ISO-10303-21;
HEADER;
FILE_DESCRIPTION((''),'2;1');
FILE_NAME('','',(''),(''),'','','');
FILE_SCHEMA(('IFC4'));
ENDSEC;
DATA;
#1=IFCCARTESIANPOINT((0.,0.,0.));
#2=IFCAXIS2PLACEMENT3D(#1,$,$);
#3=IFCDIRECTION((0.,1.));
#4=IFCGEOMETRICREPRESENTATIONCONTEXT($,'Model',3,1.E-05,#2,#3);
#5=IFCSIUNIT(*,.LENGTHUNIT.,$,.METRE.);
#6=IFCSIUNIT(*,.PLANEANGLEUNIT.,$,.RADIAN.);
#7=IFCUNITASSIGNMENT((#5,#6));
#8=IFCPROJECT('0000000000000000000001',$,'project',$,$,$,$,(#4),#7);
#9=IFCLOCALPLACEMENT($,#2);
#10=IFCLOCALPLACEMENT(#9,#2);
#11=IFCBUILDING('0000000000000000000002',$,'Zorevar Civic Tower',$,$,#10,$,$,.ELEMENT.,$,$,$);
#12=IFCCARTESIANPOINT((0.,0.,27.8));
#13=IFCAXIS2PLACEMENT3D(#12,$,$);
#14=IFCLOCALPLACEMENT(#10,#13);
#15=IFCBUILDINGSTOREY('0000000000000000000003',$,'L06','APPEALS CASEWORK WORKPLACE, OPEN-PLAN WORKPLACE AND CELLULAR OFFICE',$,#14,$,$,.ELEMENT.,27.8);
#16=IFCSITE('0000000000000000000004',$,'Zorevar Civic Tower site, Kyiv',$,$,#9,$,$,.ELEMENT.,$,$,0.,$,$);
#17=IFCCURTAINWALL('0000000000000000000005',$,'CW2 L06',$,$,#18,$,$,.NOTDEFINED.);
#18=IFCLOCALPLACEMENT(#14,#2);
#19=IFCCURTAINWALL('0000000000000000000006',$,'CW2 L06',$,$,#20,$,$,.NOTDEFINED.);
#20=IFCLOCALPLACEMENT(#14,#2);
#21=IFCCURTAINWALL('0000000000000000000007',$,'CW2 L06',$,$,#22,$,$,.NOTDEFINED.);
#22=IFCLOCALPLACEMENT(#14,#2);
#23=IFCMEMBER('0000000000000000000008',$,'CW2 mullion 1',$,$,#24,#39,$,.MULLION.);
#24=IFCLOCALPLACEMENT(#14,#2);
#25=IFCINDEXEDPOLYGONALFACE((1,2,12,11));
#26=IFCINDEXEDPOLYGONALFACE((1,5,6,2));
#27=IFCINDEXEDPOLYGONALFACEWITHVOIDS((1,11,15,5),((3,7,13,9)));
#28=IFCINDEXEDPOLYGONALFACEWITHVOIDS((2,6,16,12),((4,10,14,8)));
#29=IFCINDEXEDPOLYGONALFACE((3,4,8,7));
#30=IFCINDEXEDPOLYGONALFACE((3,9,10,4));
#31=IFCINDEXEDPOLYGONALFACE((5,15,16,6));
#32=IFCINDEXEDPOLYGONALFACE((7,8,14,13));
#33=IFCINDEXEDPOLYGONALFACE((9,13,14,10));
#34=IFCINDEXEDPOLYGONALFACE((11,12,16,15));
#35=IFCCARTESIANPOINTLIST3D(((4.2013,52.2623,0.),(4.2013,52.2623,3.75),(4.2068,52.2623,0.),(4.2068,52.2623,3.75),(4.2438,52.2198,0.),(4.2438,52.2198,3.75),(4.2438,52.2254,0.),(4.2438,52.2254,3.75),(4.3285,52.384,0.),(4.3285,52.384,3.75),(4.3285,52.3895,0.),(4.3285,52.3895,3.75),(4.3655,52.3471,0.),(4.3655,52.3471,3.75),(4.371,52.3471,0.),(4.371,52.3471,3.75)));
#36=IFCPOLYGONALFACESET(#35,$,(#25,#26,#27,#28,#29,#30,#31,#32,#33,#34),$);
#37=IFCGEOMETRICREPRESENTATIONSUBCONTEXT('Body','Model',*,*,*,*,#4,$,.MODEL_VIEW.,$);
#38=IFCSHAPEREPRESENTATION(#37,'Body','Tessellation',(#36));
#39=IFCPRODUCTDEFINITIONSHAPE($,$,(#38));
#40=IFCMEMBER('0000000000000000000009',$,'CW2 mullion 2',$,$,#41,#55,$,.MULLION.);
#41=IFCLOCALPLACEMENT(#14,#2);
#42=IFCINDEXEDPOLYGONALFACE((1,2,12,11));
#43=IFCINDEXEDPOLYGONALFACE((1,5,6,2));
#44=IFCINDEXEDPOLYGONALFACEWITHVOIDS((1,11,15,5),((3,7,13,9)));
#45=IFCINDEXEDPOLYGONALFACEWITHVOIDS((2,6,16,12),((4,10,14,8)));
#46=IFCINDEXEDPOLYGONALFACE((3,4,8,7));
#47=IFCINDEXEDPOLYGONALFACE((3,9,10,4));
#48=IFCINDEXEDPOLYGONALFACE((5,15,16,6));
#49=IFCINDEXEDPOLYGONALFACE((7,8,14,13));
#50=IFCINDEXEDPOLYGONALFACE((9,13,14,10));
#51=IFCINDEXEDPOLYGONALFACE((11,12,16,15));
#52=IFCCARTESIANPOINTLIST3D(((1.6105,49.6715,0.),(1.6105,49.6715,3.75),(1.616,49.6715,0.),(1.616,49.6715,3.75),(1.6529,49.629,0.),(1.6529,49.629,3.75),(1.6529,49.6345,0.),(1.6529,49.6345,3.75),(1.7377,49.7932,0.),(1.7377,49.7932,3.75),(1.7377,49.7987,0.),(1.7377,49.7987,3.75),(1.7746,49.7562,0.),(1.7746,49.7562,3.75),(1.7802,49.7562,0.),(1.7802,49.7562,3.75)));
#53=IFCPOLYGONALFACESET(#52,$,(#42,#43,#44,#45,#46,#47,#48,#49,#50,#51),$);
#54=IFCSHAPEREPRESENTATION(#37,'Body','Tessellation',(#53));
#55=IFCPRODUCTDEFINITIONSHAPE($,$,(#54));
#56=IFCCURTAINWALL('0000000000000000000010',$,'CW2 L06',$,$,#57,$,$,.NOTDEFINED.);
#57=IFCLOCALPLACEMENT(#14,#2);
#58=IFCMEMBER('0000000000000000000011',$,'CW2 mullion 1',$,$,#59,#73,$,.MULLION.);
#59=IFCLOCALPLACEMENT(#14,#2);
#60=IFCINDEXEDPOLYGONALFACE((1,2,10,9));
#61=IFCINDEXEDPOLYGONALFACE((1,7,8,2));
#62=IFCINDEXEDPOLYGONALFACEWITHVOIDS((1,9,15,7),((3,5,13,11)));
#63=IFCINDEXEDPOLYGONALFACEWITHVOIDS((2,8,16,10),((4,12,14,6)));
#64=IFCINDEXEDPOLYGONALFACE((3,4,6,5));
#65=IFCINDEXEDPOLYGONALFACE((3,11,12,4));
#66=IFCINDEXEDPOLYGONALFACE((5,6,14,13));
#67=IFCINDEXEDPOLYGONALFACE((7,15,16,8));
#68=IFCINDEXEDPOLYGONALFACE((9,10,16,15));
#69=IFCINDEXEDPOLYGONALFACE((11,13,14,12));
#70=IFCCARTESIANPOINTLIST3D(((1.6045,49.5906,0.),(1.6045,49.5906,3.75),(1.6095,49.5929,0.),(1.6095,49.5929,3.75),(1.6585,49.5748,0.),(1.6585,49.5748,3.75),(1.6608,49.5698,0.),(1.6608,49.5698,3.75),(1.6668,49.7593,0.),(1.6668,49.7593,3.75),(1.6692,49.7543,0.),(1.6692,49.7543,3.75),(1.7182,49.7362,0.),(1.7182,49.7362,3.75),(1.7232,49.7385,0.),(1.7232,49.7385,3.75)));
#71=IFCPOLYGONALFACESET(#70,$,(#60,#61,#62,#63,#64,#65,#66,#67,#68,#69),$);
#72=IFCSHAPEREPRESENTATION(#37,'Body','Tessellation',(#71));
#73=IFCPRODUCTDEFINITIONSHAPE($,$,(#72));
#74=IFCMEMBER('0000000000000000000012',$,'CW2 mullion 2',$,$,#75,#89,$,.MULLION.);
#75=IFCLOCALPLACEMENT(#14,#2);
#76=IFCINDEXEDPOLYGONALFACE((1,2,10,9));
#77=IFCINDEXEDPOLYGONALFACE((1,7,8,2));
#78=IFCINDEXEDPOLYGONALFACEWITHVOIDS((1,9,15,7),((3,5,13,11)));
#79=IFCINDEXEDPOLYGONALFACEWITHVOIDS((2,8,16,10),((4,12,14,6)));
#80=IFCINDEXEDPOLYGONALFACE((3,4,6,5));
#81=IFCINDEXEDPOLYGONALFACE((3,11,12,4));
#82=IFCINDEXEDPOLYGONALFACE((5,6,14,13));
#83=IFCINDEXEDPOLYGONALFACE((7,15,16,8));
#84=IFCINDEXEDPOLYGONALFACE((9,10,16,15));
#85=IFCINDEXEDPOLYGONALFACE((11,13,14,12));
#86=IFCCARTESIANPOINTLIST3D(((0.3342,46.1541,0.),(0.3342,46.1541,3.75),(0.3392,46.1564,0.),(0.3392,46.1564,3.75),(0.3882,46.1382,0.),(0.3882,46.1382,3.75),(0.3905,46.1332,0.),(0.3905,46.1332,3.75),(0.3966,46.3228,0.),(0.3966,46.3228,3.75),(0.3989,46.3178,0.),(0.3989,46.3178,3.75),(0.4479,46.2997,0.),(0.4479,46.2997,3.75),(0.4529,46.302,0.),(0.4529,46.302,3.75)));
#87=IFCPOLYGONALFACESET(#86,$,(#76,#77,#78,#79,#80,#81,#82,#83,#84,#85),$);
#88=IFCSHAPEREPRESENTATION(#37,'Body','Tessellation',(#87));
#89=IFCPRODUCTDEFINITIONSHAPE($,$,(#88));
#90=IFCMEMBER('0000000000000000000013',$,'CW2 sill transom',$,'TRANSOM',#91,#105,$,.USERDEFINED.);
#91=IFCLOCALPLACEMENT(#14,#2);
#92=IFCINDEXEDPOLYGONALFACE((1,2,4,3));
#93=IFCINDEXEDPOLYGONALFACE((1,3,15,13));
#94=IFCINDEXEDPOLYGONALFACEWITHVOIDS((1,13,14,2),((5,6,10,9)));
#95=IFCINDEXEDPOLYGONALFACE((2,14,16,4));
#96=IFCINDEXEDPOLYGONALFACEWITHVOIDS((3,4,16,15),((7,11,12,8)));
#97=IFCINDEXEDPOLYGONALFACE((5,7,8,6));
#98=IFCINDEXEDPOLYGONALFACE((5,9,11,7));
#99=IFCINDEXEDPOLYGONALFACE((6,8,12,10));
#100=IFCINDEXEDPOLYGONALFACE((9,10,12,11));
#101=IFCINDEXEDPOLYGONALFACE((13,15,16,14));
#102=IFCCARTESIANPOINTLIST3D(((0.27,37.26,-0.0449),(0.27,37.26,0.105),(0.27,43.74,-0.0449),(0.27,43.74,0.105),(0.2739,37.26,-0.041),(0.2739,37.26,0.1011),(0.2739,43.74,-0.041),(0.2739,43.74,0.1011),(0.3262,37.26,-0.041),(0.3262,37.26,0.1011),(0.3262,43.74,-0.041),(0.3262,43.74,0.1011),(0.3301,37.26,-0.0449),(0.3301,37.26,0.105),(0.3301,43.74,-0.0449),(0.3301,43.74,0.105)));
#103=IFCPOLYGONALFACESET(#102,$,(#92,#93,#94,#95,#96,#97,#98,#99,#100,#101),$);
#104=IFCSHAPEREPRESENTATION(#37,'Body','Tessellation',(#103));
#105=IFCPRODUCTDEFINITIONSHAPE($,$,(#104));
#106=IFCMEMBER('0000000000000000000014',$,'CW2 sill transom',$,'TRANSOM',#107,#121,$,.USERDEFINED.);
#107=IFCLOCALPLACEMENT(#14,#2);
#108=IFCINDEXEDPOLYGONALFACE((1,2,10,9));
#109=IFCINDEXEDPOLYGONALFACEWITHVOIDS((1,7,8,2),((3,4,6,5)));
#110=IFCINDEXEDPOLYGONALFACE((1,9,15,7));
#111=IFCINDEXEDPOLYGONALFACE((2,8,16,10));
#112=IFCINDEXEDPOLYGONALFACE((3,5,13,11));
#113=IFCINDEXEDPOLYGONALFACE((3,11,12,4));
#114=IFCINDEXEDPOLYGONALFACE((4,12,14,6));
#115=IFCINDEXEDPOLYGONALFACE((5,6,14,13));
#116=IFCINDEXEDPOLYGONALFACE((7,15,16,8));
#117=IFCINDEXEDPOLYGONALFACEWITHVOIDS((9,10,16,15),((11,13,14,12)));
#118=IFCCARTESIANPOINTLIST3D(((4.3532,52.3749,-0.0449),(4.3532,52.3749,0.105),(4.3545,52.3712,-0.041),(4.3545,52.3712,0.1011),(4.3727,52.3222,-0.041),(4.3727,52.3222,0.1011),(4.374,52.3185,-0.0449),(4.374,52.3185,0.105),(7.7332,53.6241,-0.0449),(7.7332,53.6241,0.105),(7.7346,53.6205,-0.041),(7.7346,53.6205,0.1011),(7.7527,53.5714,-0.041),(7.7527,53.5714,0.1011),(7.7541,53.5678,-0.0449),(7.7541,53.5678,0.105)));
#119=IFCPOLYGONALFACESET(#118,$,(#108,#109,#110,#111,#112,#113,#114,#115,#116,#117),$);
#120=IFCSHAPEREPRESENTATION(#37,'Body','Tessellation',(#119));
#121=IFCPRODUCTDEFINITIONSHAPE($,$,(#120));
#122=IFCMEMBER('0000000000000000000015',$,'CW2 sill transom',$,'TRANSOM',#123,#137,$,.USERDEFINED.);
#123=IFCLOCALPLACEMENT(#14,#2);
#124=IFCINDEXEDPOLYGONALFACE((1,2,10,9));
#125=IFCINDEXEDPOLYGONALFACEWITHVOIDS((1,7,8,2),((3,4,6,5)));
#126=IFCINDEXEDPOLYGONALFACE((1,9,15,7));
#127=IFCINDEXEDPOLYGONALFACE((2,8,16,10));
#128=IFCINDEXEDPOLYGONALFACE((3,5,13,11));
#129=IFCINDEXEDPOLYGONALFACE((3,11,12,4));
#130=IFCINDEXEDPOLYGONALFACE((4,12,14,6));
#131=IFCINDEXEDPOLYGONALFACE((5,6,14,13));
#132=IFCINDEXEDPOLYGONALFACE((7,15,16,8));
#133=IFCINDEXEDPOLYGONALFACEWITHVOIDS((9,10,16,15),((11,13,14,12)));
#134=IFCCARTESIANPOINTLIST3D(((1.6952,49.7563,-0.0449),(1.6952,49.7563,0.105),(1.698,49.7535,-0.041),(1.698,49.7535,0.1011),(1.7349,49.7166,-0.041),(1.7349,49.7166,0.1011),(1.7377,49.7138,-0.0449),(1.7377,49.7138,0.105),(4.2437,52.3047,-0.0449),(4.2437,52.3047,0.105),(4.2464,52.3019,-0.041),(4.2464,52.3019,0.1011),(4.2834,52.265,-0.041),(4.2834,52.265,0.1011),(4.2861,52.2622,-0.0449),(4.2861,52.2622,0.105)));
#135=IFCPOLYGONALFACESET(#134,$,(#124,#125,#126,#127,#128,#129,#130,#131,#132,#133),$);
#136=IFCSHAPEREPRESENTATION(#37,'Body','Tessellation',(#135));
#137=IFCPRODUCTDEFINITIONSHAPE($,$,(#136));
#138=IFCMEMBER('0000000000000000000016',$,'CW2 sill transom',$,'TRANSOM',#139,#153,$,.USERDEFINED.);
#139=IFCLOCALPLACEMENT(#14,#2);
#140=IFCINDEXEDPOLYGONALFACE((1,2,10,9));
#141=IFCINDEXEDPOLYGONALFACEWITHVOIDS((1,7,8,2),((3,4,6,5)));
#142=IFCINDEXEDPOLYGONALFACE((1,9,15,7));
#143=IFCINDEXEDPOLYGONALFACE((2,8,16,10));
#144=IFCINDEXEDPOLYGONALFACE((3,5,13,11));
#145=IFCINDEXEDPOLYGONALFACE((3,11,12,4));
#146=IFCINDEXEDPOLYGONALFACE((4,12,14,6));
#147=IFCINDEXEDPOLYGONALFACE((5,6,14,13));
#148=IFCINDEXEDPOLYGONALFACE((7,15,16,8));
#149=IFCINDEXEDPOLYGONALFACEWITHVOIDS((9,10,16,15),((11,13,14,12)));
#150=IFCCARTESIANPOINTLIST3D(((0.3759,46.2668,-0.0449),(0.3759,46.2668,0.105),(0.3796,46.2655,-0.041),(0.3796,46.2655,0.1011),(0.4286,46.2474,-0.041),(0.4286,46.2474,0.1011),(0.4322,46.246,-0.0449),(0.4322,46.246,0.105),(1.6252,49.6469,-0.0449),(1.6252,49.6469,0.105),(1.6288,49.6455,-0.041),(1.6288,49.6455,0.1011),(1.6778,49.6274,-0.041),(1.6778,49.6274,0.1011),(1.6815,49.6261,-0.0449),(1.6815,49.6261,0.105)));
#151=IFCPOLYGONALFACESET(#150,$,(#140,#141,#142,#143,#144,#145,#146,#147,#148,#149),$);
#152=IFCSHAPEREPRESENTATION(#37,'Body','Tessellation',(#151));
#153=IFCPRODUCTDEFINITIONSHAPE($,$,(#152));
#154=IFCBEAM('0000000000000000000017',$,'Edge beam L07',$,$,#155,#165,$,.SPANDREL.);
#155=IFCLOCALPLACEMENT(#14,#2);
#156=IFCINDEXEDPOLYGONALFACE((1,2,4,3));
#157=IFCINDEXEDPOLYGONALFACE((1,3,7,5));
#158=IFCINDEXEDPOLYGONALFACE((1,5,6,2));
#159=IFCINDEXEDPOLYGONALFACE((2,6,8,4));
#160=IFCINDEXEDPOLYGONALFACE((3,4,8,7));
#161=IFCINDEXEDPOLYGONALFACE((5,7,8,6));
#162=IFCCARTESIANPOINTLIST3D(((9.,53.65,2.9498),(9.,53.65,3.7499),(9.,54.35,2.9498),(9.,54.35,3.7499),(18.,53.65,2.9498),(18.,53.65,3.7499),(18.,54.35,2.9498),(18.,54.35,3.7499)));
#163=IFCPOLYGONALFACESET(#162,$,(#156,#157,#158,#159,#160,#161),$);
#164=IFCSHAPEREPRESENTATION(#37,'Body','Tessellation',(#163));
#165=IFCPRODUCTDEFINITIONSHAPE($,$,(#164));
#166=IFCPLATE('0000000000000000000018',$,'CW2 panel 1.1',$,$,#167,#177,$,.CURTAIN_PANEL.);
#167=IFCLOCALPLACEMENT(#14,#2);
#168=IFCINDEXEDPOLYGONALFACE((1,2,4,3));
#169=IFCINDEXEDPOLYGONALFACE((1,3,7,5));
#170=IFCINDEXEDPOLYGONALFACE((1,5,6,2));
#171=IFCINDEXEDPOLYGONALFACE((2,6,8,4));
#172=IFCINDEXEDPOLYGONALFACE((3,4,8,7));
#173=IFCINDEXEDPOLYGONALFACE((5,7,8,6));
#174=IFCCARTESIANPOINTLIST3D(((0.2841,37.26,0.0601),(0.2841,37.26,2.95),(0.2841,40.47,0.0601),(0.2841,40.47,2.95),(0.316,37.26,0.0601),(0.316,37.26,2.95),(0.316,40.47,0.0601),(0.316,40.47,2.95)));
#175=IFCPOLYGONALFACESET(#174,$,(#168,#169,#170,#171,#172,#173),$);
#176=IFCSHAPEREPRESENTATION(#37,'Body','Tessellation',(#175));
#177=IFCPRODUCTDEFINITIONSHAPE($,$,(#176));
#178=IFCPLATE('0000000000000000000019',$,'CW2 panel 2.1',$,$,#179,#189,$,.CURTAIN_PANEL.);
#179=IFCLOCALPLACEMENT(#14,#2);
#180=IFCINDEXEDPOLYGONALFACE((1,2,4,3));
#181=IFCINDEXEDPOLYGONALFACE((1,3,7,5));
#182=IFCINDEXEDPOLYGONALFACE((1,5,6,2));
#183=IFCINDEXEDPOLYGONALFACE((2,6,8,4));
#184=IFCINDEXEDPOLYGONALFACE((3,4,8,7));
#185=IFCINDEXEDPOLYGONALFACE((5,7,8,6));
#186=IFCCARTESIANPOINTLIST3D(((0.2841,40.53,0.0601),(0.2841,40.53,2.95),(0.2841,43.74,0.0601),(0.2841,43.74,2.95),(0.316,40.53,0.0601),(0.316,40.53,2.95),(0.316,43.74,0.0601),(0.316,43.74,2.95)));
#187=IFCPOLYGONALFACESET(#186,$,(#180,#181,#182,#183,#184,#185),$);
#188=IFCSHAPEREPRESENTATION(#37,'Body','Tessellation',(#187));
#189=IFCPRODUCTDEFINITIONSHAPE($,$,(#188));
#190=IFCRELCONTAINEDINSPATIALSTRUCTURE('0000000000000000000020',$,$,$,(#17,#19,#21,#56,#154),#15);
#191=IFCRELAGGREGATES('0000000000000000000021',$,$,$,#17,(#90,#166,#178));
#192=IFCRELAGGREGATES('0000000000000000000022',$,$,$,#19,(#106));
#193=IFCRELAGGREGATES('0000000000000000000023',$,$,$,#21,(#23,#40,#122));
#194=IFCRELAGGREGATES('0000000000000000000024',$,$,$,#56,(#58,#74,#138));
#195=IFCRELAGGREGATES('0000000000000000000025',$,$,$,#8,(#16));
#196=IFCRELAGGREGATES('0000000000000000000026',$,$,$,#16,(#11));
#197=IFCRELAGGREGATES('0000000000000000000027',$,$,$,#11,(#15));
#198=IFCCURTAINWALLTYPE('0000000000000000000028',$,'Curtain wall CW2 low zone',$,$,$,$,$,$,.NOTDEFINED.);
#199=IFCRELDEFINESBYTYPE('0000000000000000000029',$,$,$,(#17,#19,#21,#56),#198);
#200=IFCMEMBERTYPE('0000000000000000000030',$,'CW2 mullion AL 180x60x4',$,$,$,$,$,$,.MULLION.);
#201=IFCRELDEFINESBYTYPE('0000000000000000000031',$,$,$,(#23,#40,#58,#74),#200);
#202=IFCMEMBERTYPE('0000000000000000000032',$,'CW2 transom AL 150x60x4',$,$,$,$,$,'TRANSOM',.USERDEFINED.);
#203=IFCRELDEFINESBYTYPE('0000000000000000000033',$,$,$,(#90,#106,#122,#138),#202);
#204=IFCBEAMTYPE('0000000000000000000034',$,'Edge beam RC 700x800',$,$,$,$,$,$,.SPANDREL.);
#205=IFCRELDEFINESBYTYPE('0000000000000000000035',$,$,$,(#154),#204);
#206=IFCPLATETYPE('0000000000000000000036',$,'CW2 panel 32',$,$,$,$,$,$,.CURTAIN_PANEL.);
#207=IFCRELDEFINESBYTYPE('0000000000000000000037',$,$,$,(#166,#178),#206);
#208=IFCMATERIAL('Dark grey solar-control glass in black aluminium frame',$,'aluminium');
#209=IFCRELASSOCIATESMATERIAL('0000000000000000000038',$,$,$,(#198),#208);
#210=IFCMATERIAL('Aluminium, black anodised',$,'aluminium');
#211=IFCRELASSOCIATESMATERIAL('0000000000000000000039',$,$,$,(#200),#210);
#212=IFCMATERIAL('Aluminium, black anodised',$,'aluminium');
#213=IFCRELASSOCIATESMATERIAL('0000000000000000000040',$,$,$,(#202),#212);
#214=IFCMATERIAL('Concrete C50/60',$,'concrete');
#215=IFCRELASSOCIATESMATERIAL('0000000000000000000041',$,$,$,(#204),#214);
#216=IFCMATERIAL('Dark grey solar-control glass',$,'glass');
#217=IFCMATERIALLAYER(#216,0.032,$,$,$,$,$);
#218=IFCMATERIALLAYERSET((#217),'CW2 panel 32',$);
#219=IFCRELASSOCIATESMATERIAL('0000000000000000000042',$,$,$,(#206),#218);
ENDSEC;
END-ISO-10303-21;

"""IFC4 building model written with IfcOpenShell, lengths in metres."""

from ifc_helpers import new_model, si_unit, direction, frame, origin, origin_2d, place, context, subcontext, project, spatial, rectangle, hollow_rectangle, extrude, material, layer, layer_set, material_profile, profile_set, type_object, element, aggregate, save


model = new_model("IFC4")

# Units and contexts
model_context = context("Model", 3, precision=1e-05, world=origin(), true_north=direction((0.0, 1.0)))
body_context = subcontext(model_context, "Body", "Model", "MODEL_VIEW")
ifc_project = project(units=[si_unit("LENGTHUNIT", "METRE"), si_unit("PLANEANGLEUNIT", "RADIAN")], contexts=[model_context])

# Site, building, storey
site_placement = place(None, origin())
site = spatial("IfcSite", under=ifc_project, at=site_placement, Name="Zorevar Civic Tower site, Kyiv", CompositionType="ELEMENT", RefElevation=0.0)
building_placement = place(site_placement, origin())
building = spatial("IfcBuilding", under=site, at=building_placement, Name="Zorevar Civic Tower", CompositionType="ELEMENT")
storey_placement = place(building_placement, frame((0.0, 0.0, 27.8)))
storey = spatial("IfcBuildingStorey", under=building, at=storey_placement, Name="L06", Description="APPEALS CASEWORK WORKPLACE, OPEN-PLAN WORKPLACE AND CELLULAR OFFICE", CompositionType="ELEMENT", Elevation=27.8)

# Curtain walls, members
ifc_material_1 = material(Name="Dark grey solar-control glass in black aluminium frame", Category="aluminium")
curtain_wall_type = type_object("IfcCurtainWallType", Name="Curtain wall CW2 low zone", PredefinedType="NOTDEFINED", material=ifc_material_1)
curtain_wall_1_placement = place(storey_placement, origin())
curtain_wall_1 = element("IfcCurtainWall", 1, at=curtain_wall_1_placement, inside=storey, type_object=curtain_wall_type, Name="CW2 L06", PredefinedType="NOTDEFINED")
ifc_material_2 = material(Name="Aluminium, black anodised", Category="aluminium")
ifc_material_profile_1 = material_profile(ifc_material_2, hollow_rectangle(XDim=0.0601, YDim=0.1799, WallThickness=0.0039, at=origin_2d()), Name="AL 180x60x4")
ifc_profile_set_1 = profile_set([ifc_material_profile_1], Name="Aluminium, black anodised")
member_type_1 = type_object("IfcMemberType", Name="CW2 mullion AL 180x60x4", PredefinedType="MULLION", material=ifc_profile_set_1)
curtain_wall_2_placement = place(storey_placement, origin())
curtain_wall_2 = element("IfcCurtainWall", 2, at=curtain_wall_2_placement, inside=storey, type_object=curtain_wall_type, Name="CW2 L06", PredefinedType="NOTDEFINED")
curtain_wall_3_placement = place(storey_placement, origin())
curtain_wall_3 = element("IfcCurtainWall", 3, at=curtain_wall_3_placement, inside=storey, type_object=curtain_wall_type, Name="CW2 L06", PredefinedType="NOTDEFINED")
member_1_placement = place(storey_placement, frame((4.2861, 52.3047, 0.0), z_axis=(0.0, 0.0, 1.0), x_axis=(0.707107, -0.707107, 0.0)))
member_1 = element("IfcMember", 4, at=member_1_placement, type_object=member_type_1, Name="CW2 mullion 1", PredefinedType="MULLION", context=body_context, shape_type="SweptSolid", body=[
    extrude(hollow_rectangle(XDim=0.0601, YDim=0.1799, WallThickness=0.0039, at=origin_2d()), origin(), (0.0, 0.0, 1.0), 3.75),
])
member_2_placement = place(storey_placement, frame((1.6953, 49.7139, 0.0), z_axis=(0.0, 0.0, 1.0), x_axis=(0.707107, -0.707107, 0.0)))
member_2 = element("IfcMember", 5, at=member_2_placement, type_object=member_type_1, Name="CW2 mullion 2", PredefinedType="MULLION", context=body_context, shape_type="SweptSolid", body=[
    extrude(hollow_rectangle(XDim=0.0601, YDim=0.1799, WallThickness=0.0039, at=origin_2d()), origin(), (0.0, 0.0, 1.0), 3.75),
])
curtain_wall_4_placement = place(storey_placement, origin())
curtain_wall_4 = element("IfcCurtainWall", 6, at=curtain_wall_4_placement, inside=storey, type_object=curtain_wall_type, Name="CW2 L06", PredefinedType="NOTDEFINED")
member_3_placement = place(storey_placement, frame((1.6638, 49.6646, 0.0), z_axis=(0.0, 0.0, 1.0), x_axis=(0.937975, -0.346704, 0.0)))
member_3 = element("IfcMember", 7, at=member_3_placement, type_object=member_type_1, Name="CW2 mullion 1", PredefinedType="MULLION", context=body_context, shape_type="SweptSolid", body=[
    extrude(hollow_rectangle(XDim=0.0601, YDim=0.1799, WallThickness=0.0039, at=origin_2d()), origin(), (0.0, 0.0, 1.0), 3.75),
])
member_4_placement = place(storey_placement, frame((0.3936, 46.228, 0.0), z_axis=(0.0, 0.0, 1.0), x_axis=(0.937975, -0.346704, 0.0)))
member_4 = element("IfcMember", 8, at=member_4_placement, type_object=member_type_1, Name="CW2 mullion 2", PredefinedType="MULLION", context=body_context, shape_type="SweptSolid", body=[
    extrude(hollow_rectangle(XDim=0.0601, YDim=0.1799, WallThickness=0.0039, at=origin_2d()), origin(), (0.0, 0.0, 1.0), 3.75),
])

# Members
ifc_material_3 = material(Name="Aluminium, black anodised", Category="aluminium")
ifc_material_profile_2 = material_profile(ifc_material_3, hollow_rectangle(XDim=0.0601, YDim=0.1499, WallThickness=0.0039, at=origin_2d()), Name="AL 150x60x4")
ifc_profile_set_2 = profile_set([ifc_material_profile_2], Name="Aluminium, black anodised")
member_type_2 = type_object("IfcMemberType", Name="CW2 transom AL 150x60x4", ElementType="TRANSOM", PredefinedType="USERDEFINED", material=ifc_profile_set_2)
member_5_placement = place(storey_placement, frame((0.3, 37.26, 0.03), z_axis=(0.0, 1.0, 0.0), x_axis=(-1.0, 0.0, 0.0)))
member_5 = element("IfcMember", 9, at=member_5_placement, type_object=member_type_2, Name="CW2 sill transom", ObjectType="TRANSOM", PredefinedType="USERDEFINED", context=body_context, shape_type="SweptSolid", body=[
    extrude(hollow_rectangle(XDim=0.0601, YDim=0.1499, WallThickness=0.0039, at=origin_2d()), origin(), (0.0, 0.0, 1.0), 6.48),
])
member_6_placement = place(storey_placement, frame((7.7437, 53.5959, 0.03), z_axis=(-0.937986, -0.346672, 0.0), x_axis=(0.346672, -0.937986, 0.0)))
member_6 = element("IfcMember", 10, at=member_6_placement, type_object=member_type_2, Name="CW2 sill transom", ObjectType="TRANSOM", PredefinedType="USERDEFINED", context=body_context, shape_type="SweptSolid", body=[
    extrude(hollow_rectangle(XDim=0.0601, YDim=0.1499, WallThickness=0.0039, at=origin_2d()), origin(), (0.0, 0.0, 1.0), 3.6035),
])
member_7_placement = place(storey_placement, frame((4.2649, 52.2834, 0.03), z_axis=(-0.707107, -0.707107, 0.0), x_axis=(0.707107, -0.707107, 0.0)))
member_7 = element("IfcMember", 11, at=member_7_placement, type_object=member_type_2, Name="CW2 sill transom", ObjectType="TRANSOM", PredefinedType="USERDEFINED", context=body_context, shape_type="SweptSolid", body=[
    extrude(hollow_rectangle(XDim=0.0601, YDim=0.1499, WallThickness=0.0039, at=origin_2d()), origin(), (0.0, 0.0, 1.0), 3.604),
])
member_8_placement = place(storey_placement, frame((1.6533, 49.6365, 0.03), z_axis=(-0.346672, -0.937986, 0.0), x_axis=(0.937986, -0.346672, 0.0)))
member_8 = element("IfcMember", 12, at=member_8_placement, type_object=member_type_2, Name="CW2 sill transom", ObjectType="TRANSOM", PredefinedType="USERDEFINED", context=body_context, shape_type="SweptSolid", body=[
    extrude(hollow_rectangle(XDim=0.0601, YDim=0.1499, WallThickness=0.0039, at=origin_2d()), origin(), (0.0, 0.0, 1.0), 3.6035),
])

# Beam
ifc_material_4 = material(Name="Concrete C50/60", Category="concrete")
ifc_material_profile_3 = material_profile(ifc_material_4, rectangle(XDim=0.7, YDim=0.8, at=origin_2d()), Name="RC 700x800")
ifc_profile_set_3 = profile_set([ifc_material_profile_3], Name="Concrete C50/60")
beam_type_1 = type_object("IfcBeamType", Name="Edge beam RC 700x800", PredefinedType="SPANDREL", material=ifc_profile_set_3)
beam_1_placement = place(storey_placement, frame((9.0, 54.0, 3.3499), z_axis=(1.0, 0.0, 0.0), x_axis=(0.0, 1.0, 0.0)))
element("IfcBeam", 13, at=beam_1_placement, inside=storey, type_object=beam_type_1, Name="Edge beam L07", PredefinedType="SPANDREL", context=body_context, shape_type="SweptSolid", body=[
    extrude(rectangle(XDim=0.7, YDim=0.8, at=origin_2d()), origin(), (0.0, 0.0, 1.0), 9.0),
])

# Plates
ifc_material_5 = material(Name="Dark grey solar-control glass", Category="glass")
ifc_layer_1 = layer(ifc_material_5, 0.032)
ifc_layer_set_1 = layer_set([ifc_layer_1], Name="CW2 panel 32")
plate_type = type_object("IfcPlateType", Name="CW2 panel 32", PredefinedType="CURTAIN_PANEL", material=ifc_layer_set_1)
plate_1_placement = place(storey_placement, frame((0.3, 38.865, 0.0601), z_axis=(0.0, 0.0, 1.0), x_axis=(0.0, 1.0, 0.0)))
plate_1 = element("IfcPlate", 14, at=plate_1_placement, type_object=plate_type, Name="CW2 panel 1.1", PredefinedType="CURTAIN_PANEL", context=body_context, shape_type="SweptSolid", body=[
    extrude(rectangle(XDim=3.21, YDim=0.032, at=origin_2d()), origin(), (0.0, 0.0, 1.0), 2.8899),
])
plate_2_placement = place(storey_placement, frame((0.3, 42.135, 0.0601), z_axis=(0.0, 0.0, 1.0), x_axis=(0.0, 1.0, 0.0)))
plate_2 = element("IfcPlate", 15, at=plate_2_placement, type_object=plate_type, Name="CW2 panel 2.1", PredefinedType="CURTAIN_PANEL", context=body_context, shape_type="SweptSolid", body=[
    extrude(rectangle(XDim=3.21, YDim=0.032, at=origin_2d()), origin(), (0.0, 0.0, 1.0), 2.8899),
])
aggregate(curtain_wall_1, [member_5, plate_1, plate_2])
aggregate(curtain_wall_2, [member_6])
aggregate(curtain_wall_3, [member_1, member_2, member_7])
aggregate(curtain_wall_4, [member_3, member_4, member_8])

save(model, "model.ifc")
